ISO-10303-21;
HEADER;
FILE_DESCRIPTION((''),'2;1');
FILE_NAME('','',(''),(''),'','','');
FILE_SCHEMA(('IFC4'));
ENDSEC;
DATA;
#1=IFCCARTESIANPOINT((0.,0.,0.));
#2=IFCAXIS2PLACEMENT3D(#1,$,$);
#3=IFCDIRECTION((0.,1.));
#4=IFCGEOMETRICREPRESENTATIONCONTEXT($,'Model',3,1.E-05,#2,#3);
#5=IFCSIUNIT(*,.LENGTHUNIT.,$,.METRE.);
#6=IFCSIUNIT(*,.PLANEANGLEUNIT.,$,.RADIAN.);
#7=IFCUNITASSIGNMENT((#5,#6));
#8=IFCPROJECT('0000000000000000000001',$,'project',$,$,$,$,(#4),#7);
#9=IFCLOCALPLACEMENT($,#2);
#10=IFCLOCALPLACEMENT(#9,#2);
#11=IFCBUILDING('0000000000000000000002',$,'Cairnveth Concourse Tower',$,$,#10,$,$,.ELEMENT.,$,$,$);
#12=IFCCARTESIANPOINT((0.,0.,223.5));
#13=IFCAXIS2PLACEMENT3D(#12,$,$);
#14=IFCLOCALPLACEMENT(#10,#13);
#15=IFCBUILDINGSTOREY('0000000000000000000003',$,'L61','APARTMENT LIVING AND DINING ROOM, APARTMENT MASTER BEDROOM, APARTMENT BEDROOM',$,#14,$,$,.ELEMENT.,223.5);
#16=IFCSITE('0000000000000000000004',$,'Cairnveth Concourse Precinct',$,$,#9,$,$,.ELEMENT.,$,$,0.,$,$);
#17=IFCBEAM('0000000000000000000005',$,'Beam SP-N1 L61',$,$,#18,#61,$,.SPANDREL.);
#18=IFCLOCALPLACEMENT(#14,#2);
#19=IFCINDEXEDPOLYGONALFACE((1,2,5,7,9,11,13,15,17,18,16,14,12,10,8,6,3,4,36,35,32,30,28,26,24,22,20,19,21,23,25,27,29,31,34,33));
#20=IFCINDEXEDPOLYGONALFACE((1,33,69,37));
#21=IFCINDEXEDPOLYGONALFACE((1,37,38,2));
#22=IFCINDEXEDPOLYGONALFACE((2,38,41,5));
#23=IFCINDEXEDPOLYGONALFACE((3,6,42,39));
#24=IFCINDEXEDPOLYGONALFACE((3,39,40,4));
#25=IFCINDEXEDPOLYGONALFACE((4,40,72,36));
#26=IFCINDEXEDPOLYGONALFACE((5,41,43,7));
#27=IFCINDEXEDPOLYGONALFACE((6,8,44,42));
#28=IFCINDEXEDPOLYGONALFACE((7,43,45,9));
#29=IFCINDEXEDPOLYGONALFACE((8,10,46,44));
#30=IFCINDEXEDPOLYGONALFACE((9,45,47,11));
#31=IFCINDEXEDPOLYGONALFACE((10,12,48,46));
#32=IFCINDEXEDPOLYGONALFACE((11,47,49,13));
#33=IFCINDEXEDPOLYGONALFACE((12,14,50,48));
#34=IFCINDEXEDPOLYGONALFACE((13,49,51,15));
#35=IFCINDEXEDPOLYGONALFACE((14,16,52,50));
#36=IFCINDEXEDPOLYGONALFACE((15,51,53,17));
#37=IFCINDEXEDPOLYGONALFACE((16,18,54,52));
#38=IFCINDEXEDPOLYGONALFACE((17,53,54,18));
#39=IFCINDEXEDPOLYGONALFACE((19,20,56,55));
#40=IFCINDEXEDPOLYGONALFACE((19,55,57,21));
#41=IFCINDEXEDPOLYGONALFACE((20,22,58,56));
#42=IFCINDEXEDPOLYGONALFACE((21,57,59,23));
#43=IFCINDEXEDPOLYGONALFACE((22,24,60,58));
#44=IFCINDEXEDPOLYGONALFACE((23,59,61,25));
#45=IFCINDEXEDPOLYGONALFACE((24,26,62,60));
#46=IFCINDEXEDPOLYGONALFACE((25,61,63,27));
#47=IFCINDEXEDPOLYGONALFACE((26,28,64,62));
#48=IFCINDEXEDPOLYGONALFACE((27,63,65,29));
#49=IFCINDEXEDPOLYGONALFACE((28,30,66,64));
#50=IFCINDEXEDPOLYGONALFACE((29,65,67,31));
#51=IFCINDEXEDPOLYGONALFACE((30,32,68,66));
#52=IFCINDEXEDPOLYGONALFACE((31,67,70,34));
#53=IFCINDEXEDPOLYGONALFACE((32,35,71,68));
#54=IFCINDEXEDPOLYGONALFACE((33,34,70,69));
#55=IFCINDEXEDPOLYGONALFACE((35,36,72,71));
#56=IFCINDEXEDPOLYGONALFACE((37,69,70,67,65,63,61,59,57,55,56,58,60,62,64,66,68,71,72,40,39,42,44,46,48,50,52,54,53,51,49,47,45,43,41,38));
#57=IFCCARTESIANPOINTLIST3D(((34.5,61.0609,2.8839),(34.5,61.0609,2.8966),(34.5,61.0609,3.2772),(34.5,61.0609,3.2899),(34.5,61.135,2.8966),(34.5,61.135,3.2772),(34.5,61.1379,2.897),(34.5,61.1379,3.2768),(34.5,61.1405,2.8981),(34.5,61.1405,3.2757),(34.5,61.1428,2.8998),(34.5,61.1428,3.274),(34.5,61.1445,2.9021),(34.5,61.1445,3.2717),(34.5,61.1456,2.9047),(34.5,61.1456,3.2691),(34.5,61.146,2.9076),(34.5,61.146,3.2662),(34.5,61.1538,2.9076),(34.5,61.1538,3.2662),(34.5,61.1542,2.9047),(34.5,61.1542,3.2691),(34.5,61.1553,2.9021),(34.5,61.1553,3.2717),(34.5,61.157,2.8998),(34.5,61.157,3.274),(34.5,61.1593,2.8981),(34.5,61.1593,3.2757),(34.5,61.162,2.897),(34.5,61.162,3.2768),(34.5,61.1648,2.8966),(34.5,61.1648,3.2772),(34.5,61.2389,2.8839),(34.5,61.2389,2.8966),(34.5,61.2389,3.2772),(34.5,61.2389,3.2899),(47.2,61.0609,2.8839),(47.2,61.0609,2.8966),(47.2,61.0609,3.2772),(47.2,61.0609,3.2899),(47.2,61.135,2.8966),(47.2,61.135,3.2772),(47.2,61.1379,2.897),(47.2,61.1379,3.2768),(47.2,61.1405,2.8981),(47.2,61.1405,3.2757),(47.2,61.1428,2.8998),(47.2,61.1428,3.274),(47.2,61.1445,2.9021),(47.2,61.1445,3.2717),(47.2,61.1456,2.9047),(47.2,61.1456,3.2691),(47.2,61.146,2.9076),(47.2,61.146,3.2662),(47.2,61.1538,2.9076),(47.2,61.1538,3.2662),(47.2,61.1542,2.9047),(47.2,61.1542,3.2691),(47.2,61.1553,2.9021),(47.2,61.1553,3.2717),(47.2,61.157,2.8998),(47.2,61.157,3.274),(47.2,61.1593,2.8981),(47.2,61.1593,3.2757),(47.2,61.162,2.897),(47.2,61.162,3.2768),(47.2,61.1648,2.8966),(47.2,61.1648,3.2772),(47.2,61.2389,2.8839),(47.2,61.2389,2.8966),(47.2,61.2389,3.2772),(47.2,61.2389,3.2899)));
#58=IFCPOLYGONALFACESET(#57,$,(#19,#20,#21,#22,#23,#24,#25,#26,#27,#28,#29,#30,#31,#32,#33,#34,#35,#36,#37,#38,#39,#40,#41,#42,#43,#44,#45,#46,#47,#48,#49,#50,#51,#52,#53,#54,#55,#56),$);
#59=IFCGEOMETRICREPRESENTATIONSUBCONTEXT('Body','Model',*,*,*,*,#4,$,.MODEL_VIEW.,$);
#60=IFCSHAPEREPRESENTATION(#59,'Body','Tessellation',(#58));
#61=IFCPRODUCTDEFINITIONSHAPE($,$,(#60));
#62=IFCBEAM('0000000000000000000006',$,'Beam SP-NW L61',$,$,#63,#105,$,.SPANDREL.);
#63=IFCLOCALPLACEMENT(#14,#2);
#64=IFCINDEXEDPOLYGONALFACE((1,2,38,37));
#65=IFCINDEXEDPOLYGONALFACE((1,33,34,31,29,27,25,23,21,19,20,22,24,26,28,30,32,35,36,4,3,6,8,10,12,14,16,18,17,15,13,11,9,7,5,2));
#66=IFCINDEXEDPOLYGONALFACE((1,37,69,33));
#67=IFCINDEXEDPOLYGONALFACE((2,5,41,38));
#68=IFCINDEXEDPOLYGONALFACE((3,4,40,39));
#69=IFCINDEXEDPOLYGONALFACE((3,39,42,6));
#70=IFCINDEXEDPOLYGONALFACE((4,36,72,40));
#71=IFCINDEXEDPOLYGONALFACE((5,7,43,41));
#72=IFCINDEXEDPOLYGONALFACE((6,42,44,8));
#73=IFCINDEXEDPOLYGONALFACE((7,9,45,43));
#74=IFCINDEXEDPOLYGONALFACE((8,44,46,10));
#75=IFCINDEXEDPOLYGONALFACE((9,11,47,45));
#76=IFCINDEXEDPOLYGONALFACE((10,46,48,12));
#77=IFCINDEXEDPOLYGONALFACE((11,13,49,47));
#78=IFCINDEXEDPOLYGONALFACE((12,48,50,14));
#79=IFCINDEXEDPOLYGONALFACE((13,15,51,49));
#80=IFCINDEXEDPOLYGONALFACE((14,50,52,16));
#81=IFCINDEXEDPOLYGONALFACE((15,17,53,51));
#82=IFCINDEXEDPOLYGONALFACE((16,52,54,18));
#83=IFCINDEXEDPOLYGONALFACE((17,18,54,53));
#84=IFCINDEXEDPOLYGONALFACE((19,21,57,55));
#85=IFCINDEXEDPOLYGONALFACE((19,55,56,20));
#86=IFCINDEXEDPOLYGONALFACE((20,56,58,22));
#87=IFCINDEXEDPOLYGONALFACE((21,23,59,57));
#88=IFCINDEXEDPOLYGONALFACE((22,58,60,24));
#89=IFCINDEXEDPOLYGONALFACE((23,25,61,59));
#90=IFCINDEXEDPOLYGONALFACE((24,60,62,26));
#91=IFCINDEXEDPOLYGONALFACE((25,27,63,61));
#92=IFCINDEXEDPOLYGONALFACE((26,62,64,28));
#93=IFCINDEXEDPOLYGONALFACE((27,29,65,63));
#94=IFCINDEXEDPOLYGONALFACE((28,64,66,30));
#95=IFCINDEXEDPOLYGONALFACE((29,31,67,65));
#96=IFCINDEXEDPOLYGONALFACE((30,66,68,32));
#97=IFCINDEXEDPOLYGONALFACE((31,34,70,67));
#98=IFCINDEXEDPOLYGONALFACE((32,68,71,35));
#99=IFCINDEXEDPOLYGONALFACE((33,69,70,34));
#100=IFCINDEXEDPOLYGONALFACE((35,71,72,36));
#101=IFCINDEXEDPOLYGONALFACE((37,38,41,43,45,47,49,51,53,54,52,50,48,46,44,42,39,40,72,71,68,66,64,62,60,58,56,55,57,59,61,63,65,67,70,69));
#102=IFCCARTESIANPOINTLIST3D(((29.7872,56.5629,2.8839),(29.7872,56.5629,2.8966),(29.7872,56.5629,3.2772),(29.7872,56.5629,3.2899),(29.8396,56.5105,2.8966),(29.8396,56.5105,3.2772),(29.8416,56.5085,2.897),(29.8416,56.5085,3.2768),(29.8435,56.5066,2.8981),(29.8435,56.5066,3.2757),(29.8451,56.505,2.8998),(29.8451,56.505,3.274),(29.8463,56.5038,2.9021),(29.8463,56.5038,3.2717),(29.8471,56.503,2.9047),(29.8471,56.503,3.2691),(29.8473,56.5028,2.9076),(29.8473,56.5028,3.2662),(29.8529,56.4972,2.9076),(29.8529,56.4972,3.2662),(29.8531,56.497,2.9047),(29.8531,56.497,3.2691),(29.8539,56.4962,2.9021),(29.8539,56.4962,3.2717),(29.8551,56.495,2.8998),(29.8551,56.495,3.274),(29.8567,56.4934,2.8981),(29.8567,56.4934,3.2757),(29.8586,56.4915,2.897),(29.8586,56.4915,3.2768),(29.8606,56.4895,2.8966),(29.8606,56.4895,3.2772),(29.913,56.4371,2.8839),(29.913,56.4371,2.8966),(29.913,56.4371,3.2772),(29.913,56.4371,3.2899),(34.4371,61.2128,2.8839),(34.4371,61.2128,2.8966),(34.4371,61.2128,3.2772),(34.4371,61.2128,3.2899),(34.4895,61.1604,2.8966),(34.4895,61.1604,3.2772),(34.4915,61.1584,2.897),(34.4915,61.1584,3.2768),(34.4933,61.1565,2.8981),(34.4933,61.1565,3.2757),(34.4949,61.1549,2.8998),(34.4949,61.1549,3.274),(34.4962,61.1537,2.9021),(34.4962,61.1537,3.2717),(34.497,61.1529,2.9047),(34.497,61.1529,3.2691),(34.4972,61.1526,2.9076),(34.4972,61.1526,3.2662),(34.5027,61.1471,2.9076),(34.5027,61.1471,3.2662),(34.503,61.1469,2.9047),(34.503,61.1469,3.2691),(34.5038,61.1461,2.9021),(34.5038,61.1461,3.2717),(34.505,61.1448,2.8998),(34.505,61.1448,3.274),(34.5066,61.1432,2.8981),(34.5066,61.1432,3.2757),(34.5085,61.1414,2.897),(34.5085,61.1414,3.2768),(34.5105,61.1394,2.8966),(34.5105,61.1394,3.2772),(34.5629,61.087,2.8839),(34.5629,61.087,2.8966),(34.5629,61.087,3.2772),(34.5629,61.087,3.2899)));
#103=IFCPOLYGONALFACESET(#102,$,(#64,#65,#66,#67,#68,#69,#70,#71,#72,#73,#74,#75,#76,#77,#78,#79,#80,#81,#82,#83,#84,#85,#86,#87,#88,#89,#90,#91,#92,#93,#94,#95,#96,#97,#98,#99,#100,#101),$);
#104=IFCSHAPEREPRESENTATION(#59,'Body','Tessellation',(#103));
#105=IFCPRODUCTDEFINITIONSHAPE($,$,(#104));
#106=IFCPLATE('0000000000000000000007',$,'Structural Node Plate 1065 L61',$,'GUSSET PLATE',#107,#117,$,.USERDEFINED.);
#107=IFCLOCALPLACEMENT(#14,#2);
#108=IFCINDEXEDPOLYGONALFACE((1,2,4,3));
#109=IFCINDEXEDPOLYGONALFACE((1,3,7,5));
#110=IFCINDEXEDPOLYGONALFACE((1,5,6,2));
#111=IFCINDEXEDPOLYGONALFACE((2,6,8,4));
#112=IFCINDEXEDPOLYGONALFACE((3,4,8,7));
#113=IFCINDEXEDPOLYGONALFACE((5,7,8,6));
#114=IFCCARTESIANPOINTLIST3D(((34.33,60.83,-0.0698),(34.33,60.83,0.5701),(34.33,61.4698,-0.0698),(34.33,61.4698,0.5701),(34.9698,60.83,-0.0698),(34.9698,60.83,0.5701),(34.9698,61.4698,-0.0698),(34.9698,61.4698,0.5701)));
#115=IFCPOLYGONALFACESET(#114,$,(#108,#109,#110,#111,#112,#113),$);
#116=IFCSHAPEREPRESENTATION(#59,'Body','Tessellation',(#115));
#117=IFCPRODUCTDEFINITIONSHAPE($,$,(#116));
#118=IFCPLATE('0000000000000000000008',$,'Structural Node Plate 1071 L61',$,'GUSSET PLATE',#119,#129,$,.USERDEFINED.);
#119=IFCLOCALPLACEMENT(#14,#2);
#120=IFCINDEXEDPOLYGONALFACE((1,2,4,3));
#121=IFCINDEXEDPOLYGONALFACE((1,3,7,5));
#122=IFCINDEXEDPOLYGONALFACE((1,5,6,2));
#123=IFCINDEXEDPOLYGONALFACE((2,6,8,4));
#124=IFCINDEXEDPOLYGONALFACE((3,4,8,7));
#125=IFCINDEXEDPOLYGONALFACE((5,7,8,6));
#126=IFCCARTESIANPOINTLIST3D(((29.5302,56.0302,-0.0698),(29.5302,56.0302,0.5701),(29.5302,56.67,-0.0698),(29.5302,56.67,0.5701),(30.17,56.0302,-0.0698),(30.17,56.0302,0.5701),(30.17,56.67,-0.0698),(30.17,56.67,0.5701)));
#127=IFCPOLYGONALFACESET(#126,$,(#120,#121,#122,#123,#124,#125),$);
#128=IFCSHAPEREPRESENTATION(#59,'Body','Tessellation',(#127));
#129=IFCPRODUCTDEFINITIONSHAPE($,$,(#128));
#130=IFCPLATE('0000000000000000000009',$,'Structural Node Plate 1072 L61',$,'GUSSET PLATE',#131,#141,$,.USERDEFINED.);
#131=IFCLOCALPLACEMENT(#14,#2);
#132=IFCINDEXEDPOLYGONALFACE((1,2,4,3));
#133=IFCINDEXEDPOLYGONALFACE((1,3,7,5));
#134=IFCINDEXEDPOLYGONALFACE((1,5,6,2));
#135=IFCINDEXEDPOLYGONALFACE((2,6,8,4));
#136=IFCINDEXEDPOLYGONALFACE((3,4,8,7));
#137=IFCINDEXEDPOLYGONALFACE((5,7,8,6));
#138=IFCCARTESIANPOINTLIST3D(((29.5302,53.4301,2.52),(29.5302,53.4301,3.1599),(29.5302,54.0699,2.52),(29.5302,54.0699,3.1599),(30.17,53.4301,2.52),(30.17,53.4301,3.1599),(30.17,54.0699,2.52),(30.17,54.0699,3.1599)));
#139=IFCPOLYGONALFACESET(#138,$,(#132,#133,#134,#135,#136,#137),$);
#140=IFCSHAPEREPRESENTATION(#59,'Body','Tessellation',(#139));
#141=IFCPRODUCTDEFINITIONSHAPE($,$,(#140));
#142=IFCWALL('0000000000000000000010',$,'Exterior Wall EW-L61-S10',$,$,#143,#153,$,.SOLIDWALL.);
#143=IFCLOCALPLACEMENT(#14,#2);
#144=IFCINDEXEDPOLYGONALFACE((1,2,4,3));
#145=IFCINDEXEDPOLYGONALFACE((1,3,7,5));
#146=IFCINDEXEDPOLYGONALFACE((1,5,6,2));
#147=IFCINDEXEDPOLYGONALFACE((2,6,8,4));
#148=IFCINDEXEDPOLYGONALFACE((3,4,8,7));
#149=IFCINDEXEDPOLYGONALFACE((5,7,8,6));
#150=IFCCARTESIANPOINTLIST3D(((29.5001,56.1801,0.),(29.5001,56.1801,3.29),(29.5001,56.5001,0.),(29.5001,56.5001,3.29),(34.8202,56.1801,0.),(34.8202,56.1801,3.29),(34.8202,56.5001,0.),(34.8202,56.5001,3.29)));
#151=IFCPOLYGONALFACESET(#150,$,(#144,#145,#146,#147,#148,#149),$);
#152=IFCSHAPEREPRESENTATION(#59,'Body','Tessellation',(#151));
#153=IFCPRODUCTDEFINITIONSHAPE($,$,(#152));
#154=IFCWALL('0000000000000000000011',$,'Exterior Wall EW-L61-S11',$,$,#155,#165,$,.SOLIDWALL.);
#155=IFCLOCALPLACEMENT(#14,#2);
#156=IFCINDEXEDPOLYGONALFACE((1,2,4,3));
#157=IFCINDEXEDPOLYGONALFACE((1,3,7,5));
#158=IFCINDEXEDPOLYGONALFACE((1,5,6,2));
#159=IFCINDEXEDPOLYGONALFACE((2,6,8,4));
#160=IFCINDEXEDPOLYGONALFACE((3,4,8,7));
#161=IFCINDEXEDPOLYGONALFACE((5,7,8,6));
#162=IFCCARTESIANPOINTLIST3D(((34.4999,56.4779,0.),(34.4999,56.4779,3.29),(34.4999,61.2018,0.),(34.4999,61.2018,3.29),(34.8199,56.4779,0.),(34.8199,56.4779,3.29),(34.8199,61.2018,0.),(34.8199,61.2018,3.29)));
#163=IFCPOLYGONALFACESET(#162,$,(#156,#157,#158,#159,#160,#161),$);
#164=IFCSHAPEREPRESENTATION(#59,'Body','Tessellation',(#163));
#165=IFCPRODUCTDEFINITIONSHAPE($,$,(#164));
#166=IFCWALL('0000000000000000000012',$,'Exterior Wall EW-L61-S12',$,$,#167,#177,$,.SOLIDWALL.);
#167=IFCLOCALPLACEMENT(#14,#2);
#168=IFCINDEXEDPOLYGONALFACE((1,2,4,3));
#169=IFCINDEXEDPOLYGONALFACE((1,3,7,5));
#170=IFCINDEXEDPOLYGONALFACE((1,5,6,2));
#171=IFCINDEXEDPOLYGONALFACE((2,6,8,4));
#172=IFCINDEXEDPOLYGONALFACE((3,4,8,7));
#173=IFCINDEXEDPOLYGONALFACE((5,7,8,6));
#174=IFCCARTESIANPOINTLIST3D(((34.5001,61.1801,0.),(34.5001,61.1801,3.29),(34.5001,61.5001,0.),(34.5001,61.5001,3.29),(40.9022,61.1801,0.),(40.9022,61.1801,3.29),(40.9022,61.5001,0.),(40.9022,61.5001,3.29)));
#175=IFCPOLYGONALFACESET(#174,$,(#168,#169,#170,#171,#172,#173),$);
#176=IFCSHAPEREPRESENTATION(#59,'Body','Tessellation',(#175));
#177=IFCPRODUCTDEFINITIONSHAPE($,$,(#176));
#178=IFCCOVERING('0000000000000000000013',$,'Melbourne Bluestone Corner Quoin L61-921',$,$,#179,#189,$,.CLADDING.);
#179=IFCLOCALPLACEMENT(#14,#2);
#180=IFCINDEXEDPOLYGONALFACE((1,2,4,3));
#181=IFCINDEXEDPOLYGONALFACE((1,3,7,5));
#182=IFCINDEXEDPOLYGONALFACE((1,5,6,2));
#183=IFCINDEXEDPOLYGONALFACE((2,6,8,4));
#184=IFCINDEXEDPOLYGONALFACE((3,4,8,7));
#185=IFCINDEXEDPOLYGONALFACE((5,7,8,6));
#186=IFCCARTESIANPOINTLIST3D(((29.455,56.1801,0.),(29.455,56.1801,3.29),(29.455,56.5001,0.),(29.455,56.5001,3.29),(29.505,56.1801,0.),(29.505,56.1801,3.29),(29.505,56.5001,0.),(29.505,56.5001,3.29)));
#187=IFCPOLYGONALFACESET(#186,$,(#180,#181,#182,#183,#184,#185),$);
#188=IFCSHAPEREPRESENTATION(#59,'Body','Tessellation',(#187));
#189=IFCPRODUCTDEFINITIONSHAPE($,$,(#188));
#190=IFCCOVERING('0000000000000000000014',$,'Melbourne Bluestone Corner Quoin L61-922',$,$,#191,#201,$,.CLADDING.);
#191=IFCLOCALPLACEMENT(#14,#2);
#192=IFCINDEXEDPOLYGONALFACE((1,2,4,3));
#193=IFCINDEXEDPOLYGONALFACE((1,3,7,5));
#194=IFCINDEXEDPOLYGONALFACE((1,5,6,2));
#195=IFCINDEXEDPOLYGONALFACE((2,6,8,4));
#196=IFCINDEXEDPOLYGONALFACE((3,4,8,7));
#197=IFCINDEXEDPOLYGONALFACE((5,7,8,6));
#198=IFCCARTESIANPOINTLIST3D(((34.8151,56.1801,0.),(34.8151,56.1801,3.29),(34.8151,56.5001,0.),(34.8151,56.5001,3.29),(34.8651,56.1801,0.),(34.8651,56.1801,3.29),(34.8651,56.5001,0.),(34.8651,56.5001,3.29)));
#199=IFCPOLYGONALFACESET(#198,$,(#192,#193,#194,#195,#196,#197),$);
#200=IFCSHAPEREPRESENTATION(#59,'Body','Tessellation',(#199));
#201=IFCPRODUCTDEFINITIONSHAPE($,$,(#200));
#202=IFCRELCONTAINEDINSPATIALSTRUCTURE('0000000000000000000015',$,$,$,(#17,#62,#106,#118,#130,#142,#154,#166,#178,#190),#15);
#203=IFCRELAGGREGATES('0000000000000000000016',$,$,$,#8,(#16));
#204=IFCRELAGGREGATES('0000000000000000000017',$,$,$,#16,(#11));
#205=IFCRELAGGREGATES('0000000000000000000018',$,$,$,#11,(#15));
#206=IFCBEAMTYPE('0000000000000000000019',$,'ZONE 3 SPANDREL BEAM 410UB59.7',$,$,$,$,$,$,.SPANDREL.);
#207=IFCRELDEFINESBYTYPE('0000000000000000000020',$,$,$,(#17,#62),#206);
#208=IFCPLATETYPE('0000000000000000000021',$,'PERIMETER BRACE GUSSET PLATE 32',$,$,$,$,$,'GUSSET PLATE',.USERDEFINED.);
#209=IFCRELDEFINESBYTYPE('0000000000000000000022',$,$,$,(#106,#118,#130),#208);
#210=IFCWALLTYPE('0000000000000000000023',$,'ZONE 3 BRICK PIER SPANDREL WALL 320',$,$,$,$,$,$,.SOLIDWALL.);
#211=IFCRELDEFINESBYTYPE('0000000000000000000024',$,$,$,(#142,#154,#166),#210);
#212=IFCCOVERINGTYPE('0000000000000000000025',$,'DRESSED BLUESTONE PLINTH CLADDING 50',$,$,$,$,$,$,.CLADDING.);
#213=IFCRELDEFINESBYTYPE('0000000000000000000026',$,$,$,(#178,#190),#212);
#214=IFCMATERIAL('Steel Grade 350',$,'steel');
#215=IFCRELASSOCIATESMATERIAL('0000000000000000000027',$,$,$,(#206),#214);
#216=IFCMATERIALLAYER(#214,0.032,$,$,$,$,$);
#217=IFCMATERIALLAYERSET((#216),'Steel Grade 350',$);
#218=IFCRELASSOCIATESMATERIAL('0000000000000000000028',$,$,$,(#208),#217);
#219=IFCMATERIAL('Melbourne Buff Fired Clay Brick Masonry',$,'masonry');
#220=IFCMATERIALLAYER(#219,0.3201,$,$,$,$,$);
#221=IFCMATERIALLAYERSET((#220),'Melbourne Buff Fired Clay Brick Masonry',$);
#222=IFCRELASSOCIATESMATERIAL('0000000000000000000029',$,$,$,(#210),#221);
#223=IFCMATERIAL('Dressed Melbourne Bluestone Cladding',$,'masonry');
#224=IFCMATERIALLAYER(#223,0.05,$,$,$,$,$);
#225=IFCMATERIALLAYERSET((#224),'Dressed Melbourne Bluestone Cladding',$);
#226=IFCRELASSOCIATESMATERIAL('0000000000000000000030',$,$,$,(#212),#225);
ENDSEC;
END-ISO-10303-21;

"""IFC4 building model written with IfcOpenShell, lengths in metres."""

from ifc_helpers import new_model, si_unit, direction, frame, frame_2d, origin, origin_2d, place, context, subcontext, project, spatial, rectangle, i_section, extrude, material, layer, layer_set, material_profile, profile_set, type_object, element, save


model = new_model("IFC4")

# Units and contexts
model_context = context("Model", 3, precision=1e-05, world=origin(), true_north=direction((0.0, 1.0)))
body_context = subcontext(model_context, "Body", "Model", "MODEL_VIEW")
ifc_project = project(units=[si_unit("LENGTHUNIT", "METRE"), si_unit("PLANEANGLEUNIT", "RADIAN")], contexts=[model_context])

# Site, building, storey
site_placement = place(None, origin())
site = spatial("IfcSite", under=ifc_project, at=site_placement, Name="Cairnveth Concourse Precinct", CompositionType="ELEMENT", RefElevation=0.0)
building_placement = place(site_placement, origin())
building = spatial("IfcBuilding", under=site, at=building_placement, Name="Cairnveth Concourse Tower", CompositionType="ELEMENT")
storey_placement = place(building_placement, frame((0.0, 0.0, 223.5)))
storey = spatial("IfcBuildingStorey", under=building, at=storey_placement, Name="L61", Description="APARTMENT LIVING AND DINING ROOM, APARTMENT MASTER BEDROOM, APARTMENT BEDROOM", CompositionType="ELEMENT", Elevation=223.5)

# Shared definitions
ifc_material_1 = material(Name="Steel Grade 350", Category="steel")

# Beams
ifc_material_profile_1 = material_profile(ifc_material_1, i_section(OverallWidth=0.178, OverallDepth=0.406, WebThickness=0.0078, FlangeThickness=0.0127, FilletRadius=0.011, at=origin_2d()), Name="410UB59.7")
ifc_profile_set_1 = profile_set([ifc_material_profile_1], Name="Steel Grade 350")
beam_type_1 = type_object("IfcBeamType", Name="ZONE 3 SPANDREL BEAM 410UB59.7", PredefinedType="SPANDREL", material=ifc_profile_set_1)
beam_1_placement = place(storey_placement, frame((34.5, 61.1499, 3.0869), z_axis=(1.0, 0.0, 0.0), x_axis=(0.0, 1.0, 0.0)))
element("IfcBeam", 1, at=beam_1_placement, inside=storey, type_object=beam_type_1, Name="Beam SP-N1 L61", PredefinedType="SPANDREL", context=body_context, shape_type="SweptSolid", body=[
    extrude(i_section(OverallWidth=0.178, OverallDepth=0.406, WebThickness=0.0078, FlangeThickness=0.0127, FilletRadius=0.011, at=origin_2d()), origin(), (0.0, 0.0, 1.0), 12.7),
])
beam_2_placement = place(storey_placement, frame((29.8501, 56.5, 3.0869), z_axis=(0.707107, 0.707107, 0.0), x_axis=(-0.707107, 0.707107, 0.0)))
element("IfcBeam", 2, at=beam_2_placement, inside=storey, type_object=beam_type_1, Name="Beam SP-NW L61", PredefinedType="SPANDREL", context=body_context, shape_type="SweptSolid", body=[
    extrude(i_section(OverallWidth=0.178, OverallDepth=0.406, WebThickness=0.0078, FlangeThickness=0.0127, FilletRadius=0.011, at=origin_2d()), origin(), (0.0, 0.0, 1.0), 6.5759),
])

# Plates
ifc_layer_1 = layer(ifc_material_1, 0.032)
ifc_layer_set_1 = layer_set([ifc_layer_1], Name="Steel Grade 350")
plate_type = type_object("IfcPlateType", Name="PERIMETER BRACE GUSSET PLATE 32", ElementType="GUSSET PLATE", PredefinedType="USERDEFINED", material=ifc_layer_set_1)
for number, where, z_axis, x_axis, name in (
    (3, (34.6499, 61.1499, -0.0698), (0.0, 0.0, 1.0), (1.0, 0.0, 0.0), "Structural Node Plate 1065 L61"),
    (4, (29.8501, 56.3501, -0.0698), (0.0, 0.0, 1.0), (1.0, 0.0, 0.0), "Structural Node Plate 1071 L61"),
    (5, (29.8501, 53.75, 2.52), (0.0, 0.0, 1.0), (1.0, 0.0, 0.0), "Structural Node Plate 1072 L61"),
):
    element("IfcPlate", number, at=place(storey_placement, frame(where, z_axis=z_axis, x_axis=x_axis)), inside=storey, type_object=plate_type, Name=name, ObjectType="GUSSET PLATE", PredefinedType="USERDEFINED", context=body_context, shape_type="SweptSolid", body=[
        extrude(rectangle(XDim=0.6399, YDim=0.6399, at=origin_2d()), origin(), (0.0, 0.0, 1.0), 0.6399),
    ])

# Walls
ifc_material_2 = material(Name="Melbourne Buff Fired Clay Brick Masonry", Category="masonry")
ifc_layer_2 = layer(ifc_material_2, 0.3201)
ifc_layer_set_2 = layer_set([ifc_layer_2], Name="Melbourne Buff Fired Clay Brick Masonry")
wall_type = type_object("IfcWallType", Name="ZONE 3 BRICK PIER SPANDREL WALL 320", PredefinedType="SOLIDWALL", material=ifc_layer_set_2)
wall_1_placement = place(storey_placement, frame((29.5, 56.3401, 0.0), z_axis=(0.0, 0.0, 1.0), x_axis=(1.0, 0.0, 0.0)))
element("IfcWall", 6, at=wall_1_placement, inside=storey, type_object=wall_type, Name="Exterior Wall EW-L61-S10", PredefinedType="SOLIDWALL", context=body_context, shape_type="SweptSolid", body=[
    extrude(rectangle(XDim=5.3201, YDim=0.3201, at=frame_2d((2.6602, 0.0))), origin(), (0.0, 0.0, 1.0), 3.29),
])
wall_2_placement = place(storey_placement, frame((34.6599, 56.478, 0.0), z_axis=(0.0, 0.0, 1.0), x_axis=(0.0, 1.0, 0.0)))
element("IfcWall", 7, at=wall_2_placement, inside=storey, type_object=wall_type, Name="Exterior Wall EW-L61-S11", PredefinedType="SOLIDWALL", context=body_context, shape_type="SweptSolid", body=[
    extrude(rectangle(XDim=4.7239, YDim=0.3201, at=frame_2d((2.3618, 0.0))), origin(), (0.0, 0.0, 1.0), 3.29),
])
wall_3_placement = place(storey_placement, frame((34.5, 61.3401, 0.0), z_axis=(0.0, 0.0, 1.0), x_axis=(1.0, 0.0, 0.0)))
element("IfcWall", 8, at=wall_3_placement, inside=storey, type_object=wall_type, Name="Exterior Wall EW-L61-S12", PredefinedType="SOLIDWALL", context=body_context, shape_type="SweptSolid", body=[
    extrude(rectangle(XDim=6.4021, YDim=0.3201, at=frame_2d((3.2012, 0.0))), origin(), (0.0, 0.0, 1.0), 3.29),
])

# Coverings
ifc_material_3 = material(Name="Dressed Melbourne Bluestone Cladding", Category="masonry")
ifc_layer_3 = layer(ifc_material_3, 0.05)
ifc_layer_set_3 = layer_set([ifc_layer_3], Name="Dressed Melbourne Bluestone Cladding")
covering_type = type_object("IfcCoveringType", Name="DRESSED BLUESTONE PLINTH CLADDING 50", PredefinedType="CLADDING", material=ifc_layer_set_3)
for number, where, z_axis, x_axis, name in (
    (9, (29.48, 56.1799, 0.0), (0.0, 0.0, 1.0), (0.0, 1.0, 0.0), "Melbourne Bluestone Corner Quoin L61-921"),
    (10, (34.8401, 56.1799, 0.0), (0.0, 0.0, 1.0), (0.0, 1.0, 0.0), "Melbourne Bluestone Corner Quoin L61-922"),
):
    element("IfcCovering", number, at=place(storey_placement, frame(where, z_axis=z_axis, x_axis=x_axis)), inside=storey, type_object=covering_type, Name=name, PredefinedType="CLADDING", context=body_context, shape_type="SweptSolid", body=[
        extrude(rectangle(XDim=0.3201, YDim=0.05, at=frame_2d((0.1602, 0.0))), origin(), (0.0, 0.0, 1.0), 3.29),
    ])

save(model, "model.ifc")
